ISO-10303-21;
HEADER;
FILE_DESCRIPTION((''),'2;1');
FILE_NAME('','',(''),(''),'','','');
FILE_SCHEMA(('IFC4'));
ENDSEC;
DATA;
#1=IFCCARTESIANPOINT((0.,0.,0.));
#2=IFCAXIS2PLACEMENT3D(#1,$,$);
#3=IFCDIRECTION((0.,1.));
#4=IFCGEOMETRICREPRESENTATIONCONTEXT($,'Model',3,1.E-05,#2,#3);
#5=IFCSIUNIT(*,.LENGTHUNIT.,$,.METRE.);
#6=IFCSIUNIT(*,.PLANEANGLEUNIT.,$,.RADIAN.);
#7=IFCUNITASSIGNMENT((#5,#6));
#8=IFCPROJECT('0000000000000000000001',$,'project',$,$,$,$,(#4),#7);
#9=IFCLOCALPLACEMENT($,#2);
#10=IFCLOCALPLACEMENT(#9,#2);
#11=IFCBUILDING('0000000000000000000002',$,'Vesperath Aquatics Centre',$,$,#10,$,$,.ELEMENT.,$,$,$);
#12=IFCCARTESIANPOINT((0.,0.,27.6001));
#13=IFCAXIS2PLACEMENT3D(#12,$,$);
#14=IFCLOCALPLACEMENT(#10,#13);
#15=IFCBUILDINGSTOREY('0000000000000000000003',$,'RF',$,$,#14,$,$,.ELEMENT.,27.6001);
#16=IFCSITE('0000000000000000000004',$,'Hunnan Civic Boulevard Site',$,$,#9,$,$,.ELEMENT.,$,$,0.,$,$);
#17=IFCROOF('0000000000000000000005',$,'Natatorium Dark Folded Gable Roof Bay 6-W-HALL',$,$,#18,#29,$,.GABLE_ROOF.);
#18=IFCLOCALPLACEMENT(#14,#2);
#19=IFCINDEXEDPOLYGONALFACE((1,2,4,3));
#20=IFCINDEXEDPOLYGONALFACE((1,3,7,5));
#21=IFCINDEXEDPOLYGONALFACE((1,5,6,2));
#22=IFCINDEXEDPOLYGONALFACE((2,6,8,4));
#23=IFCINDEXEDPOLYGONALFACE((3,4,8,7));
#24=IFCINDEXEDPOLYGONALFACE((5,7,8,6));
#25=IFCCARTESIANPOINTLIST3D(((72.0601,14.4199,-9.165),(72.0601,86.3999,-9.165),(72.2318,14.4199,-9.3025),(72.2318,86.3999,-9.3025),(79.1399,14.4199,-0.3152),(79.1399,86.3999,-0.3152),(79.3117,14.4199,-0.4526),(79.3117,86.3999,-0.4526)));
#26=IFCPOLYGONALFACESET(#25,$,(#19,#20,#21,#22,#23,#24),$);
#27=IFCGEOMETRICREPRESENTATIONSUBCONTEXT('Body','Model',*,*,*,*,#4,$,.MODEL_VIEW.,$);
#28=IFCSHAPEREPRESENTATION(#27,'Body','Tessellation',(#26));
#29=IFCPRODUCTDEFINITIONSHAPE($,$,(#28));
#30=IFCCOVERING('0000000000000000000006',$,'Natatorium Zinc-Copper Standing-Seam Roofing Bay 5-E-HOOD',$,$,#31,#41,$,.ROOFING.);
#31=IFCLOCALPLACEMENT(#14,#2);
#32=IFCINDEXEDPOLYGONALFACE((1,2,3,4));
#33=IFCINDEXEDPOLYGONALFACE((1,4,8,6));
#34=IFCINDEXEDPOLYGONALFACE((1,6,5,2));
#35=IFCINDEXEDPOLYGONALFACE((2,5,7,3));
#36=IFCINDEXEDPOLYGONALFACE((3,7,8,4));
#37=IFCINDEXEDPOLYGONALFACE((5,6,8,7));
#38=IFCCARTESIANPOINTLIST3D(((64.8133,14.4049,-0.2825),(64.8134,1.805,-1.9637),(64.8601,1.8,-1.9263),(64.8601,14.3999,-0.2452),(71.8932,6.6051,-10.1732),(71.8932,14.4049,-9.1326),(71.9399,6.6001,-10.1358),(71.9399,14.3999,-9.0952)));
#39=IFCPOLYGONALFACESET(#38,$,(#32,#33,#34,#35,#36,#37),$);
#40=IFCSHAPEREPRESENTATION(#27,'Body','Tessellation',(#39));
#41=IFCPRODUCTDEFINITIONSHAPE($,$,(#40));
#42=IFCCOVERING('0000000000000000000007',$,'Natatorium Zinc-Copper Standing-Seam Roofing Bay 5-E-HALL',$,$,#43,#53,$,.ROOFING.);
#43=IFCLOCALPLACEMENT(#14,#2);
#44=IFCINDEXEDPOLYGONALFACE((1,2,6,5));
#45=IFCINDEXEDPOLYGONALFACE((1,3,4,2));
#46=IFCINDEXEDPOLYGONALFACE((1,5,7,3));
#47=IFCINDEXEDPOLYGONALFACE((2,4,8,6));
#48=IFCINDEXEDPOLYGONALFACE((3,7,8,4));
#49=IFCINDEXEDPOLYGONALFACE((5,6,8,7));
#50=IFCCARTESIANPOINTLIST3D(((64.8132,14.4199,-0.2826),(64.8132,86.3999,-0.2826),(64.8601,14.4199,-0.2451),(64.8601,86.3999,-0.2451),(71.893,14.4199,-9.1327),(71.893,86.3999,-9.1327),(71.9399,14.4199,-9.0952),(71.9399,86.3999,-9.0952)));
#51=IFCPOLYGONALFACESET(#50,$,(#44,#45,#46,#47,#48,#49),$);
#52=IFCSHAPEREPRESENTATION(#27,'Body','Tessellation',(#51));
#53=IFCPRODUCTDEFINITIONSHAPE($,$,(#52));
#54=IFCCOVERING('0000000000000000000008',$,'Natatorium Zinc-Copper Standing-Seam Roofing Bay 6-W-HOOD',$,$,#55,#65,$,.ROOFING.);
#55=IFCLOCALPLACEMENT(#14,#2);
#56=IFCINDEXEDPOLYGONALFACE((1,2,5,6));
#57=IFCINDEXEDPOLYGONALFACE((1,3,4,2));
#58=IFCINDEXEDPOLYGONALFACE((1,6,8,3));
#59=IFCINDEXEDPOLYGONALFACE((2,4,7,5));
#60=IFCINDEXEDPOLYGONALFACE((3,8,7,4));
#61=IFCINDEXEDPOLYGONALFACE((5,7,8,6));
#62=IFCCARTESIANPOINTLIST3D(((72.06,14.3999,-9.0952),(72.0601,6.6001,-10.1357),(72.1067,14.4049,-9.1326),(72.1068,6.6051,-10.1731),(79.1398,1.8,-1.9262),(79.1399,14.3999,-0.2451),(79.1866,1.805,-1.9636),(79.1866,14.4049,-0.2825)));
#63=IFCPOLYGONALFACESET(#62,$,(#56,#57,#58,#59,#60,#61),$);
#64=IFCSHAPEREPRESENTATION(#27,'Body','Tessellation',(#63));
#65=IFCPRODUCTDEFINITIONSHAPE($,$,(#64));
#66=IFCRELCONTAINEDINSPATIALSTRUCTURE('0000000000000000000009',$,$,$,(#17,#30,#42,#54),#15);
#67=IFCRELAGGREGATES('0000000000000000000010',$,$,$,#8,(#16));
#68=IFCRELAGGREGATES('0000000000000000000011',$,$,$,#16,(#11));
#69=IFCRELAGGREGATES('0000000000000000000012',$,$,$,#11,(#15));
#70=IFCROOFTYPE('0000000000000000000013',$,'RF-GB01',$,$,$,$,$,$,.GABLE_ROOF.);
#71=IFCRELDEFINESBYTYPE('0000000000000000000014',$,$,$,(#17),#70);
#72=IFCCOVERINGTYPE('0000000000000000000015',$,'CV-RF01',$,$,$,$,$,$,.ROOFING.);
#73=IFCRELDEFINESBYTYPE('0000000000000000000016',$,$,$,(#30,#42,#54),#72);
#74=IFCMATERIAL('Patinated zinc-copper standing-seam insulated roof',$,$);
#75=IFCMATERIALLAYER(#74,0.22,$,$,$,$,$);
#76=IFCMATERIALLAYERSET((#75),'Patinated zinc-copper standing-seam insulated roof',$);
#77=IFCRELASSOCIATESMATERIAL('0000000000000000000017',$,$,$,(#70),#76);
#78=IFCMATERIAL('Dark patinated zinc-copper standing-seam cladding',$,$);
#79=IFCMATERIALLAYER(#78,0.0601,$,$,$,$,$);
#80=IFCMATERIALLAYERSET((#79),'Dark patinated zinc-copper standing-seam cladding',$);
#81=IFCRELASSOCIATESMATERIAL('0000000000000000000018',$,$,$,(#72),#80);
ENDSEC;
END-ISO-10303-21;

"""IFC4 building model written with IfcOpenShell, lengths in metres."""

from ifc_helpers import new_model, si_unit, direction, frame, origin, place, context, subcontext, project, spatial, polyline, outline, extrude, material, layer, layer_set, type_object, element, save


model = new_model("IFC4")

# Units and contexts
model_context = context("Model", 3, precision=1e-05, world=origin(), true_north=direction((0.0, 1.0)))
body_context = subcontext(model_context, "Body", "Model", "MODEL_VIEW")
ifc_project = project(units=[si_unit("LENGTHUNIT", "METRE"), si_unit("PLANEANGLEUNIT", "RADIAN")], contexts=[model_context])

# Site, building, storey
site_placement = place(None, origin())
site = spatial("IfcSite", under=ifc_project, at=site_placement, Name="Hunnan Civic Boulevard Site", CompositionType="ELEMENT", RefElevation=0.0)
building_placement = place(site_placement, origin())
building = spatial("IfcBuilding", under=site, at=building_placement, Name="Vesperath Aquatics Centre", CompositionType="ELEMENT")
storey_placement = place(building_placement, frame((0.0, 0.0, 27.6001)))
storey = spatial("IfcBuildingStorey", under=building, at=storey_placement, Name="RF", CompositionType="ELEMENT", Elevation=27.6001)

# Roof
ifc_material_1 = material(Name="Patinated zinc-copper standing-seam insulated roof")
ifc_layer_1 = layer(ifc_material_1, 0.22)
ifc_layer_set_1 = layer_set([ifc_layer_1], Name="Patinated zinc-copper standing-seam insulated roof")
roof_type = type_object("IfcRoofType", Name="RF-GB01", PredefinedType="GABLE_ROOF", material=ifc_layer_set_1)
roof_1_placement = place(storey_placement, frame((72.0601, 14.4199, -9.165), z_axis=(-0.780871, 0.0, 0.624692), x_axis=(0.624692, 0.0, 0.780871)))
element("IfcRoof", 1, at=roof_1_placement, inside=storey, type_object=roof_type, Name="Natatorium Dark Folded Gable Roof Bay 6-W-HALL", PredefinedType="GABLE_ROOF", context=body_context, shape_type="SweptSolid", body=[
    extrude(outline(polyline([(0.0, 0.0), (11.3333, 0.0), (11.3333, 71.98), (0.0, 71.98), (0.0, 0.0)])), origin(), (0.0, 0.0, -1.0), 0.22),
])

# Coverings
ifc_material_2 = material(Name="Dark patinated zinc-copper standing-seam cladding")
ifc_layer_2 = layer(ifc_material_2, 0.0601)
ifc_layer_set_2 = layer_set([ifc_layer_2], Name="Dark patinated zinc-copper standing-seam cladding")
covering_type = type_object("IfcCoveringType", Name="CV-RF01", PredefinedType="ROOFING", material=ifc_layer_set_2)
covering_1_placement = place(storey_placement, frame((64.8601, 1.8, -1.9263), z_axis=(0.778178, -0.083056, 0.622528), x_axis=(0.597158, 0.40487, -0.692447)))
element("IfcCovering", 2, at=covering_1_placement, inside=storey, type_object=covering_type, Name="Natatorium Zinc-Copper Standing-Seam Roofing Bay 5-E-HOOD", PredefinedType="ROOFING", context=body_context, shape_type="SweptSolid", body=[
    extrude(outline(polyline([(0.0, 0.0), (11.8558, 0.0), (14.2932, 7.4819), (3.9372, 12.0864), (0.0, 0.0)])), origin(), (0.0, 0.0, -1.0), 0.0601),
])
covering_2_placement = place(storey_placement, frame((64.8601, 14.4199, -0.2451), z_axis=(0.780879, 0.0, 0.624682), x_axis=(0.624682, 0.0, -0.780879)))
element("IfcCovering", 3, at=covering_2_placement, inside=storey, type_object=covering_type, Name="Natatorium Zinc-Copper Standing-Seam Roofing Bay 5-E-HALL", PredefinedType="ROOFING", context=body_context, shape_type="SweptSolid", body=[
    extrude(outline(polyline([(0.0, 0.0), (11.3335, 0.0), (11.3335, 71.98), (0.0, 71.98), (0.0, 0.0)])), origin(), (0.0, 0.0, -1.0), 0.0601),
])
covering_3_placement = place(storey_placement, frame((72.0601, 6.6001, -10.1357), z_axis=(-0.778178, -0.083056, 0.622528), x_axis=(0.597158, -0.40487, 0.692447)))
element("IfcCovering", 4, at=covering_3_placement, inside=storey, type_object=covering_type, Name="Natatorium Zinc-Copper Standing-Seam Roofing Bay 6-W-HOOD", PredefinedType="ROOFING", context=body_context, shape_type="SweptSolid", body=[
    extrude(outline(polyline([(0.0, 0.0), (11.8558, 0.0), (7.9186, 12.0864), (-2.4374, 7.4819), (0.0, 0.0)])), origin(), (0.0, 0.0, -1.0), 0.0601),
])

save(model, "model.ifc")
